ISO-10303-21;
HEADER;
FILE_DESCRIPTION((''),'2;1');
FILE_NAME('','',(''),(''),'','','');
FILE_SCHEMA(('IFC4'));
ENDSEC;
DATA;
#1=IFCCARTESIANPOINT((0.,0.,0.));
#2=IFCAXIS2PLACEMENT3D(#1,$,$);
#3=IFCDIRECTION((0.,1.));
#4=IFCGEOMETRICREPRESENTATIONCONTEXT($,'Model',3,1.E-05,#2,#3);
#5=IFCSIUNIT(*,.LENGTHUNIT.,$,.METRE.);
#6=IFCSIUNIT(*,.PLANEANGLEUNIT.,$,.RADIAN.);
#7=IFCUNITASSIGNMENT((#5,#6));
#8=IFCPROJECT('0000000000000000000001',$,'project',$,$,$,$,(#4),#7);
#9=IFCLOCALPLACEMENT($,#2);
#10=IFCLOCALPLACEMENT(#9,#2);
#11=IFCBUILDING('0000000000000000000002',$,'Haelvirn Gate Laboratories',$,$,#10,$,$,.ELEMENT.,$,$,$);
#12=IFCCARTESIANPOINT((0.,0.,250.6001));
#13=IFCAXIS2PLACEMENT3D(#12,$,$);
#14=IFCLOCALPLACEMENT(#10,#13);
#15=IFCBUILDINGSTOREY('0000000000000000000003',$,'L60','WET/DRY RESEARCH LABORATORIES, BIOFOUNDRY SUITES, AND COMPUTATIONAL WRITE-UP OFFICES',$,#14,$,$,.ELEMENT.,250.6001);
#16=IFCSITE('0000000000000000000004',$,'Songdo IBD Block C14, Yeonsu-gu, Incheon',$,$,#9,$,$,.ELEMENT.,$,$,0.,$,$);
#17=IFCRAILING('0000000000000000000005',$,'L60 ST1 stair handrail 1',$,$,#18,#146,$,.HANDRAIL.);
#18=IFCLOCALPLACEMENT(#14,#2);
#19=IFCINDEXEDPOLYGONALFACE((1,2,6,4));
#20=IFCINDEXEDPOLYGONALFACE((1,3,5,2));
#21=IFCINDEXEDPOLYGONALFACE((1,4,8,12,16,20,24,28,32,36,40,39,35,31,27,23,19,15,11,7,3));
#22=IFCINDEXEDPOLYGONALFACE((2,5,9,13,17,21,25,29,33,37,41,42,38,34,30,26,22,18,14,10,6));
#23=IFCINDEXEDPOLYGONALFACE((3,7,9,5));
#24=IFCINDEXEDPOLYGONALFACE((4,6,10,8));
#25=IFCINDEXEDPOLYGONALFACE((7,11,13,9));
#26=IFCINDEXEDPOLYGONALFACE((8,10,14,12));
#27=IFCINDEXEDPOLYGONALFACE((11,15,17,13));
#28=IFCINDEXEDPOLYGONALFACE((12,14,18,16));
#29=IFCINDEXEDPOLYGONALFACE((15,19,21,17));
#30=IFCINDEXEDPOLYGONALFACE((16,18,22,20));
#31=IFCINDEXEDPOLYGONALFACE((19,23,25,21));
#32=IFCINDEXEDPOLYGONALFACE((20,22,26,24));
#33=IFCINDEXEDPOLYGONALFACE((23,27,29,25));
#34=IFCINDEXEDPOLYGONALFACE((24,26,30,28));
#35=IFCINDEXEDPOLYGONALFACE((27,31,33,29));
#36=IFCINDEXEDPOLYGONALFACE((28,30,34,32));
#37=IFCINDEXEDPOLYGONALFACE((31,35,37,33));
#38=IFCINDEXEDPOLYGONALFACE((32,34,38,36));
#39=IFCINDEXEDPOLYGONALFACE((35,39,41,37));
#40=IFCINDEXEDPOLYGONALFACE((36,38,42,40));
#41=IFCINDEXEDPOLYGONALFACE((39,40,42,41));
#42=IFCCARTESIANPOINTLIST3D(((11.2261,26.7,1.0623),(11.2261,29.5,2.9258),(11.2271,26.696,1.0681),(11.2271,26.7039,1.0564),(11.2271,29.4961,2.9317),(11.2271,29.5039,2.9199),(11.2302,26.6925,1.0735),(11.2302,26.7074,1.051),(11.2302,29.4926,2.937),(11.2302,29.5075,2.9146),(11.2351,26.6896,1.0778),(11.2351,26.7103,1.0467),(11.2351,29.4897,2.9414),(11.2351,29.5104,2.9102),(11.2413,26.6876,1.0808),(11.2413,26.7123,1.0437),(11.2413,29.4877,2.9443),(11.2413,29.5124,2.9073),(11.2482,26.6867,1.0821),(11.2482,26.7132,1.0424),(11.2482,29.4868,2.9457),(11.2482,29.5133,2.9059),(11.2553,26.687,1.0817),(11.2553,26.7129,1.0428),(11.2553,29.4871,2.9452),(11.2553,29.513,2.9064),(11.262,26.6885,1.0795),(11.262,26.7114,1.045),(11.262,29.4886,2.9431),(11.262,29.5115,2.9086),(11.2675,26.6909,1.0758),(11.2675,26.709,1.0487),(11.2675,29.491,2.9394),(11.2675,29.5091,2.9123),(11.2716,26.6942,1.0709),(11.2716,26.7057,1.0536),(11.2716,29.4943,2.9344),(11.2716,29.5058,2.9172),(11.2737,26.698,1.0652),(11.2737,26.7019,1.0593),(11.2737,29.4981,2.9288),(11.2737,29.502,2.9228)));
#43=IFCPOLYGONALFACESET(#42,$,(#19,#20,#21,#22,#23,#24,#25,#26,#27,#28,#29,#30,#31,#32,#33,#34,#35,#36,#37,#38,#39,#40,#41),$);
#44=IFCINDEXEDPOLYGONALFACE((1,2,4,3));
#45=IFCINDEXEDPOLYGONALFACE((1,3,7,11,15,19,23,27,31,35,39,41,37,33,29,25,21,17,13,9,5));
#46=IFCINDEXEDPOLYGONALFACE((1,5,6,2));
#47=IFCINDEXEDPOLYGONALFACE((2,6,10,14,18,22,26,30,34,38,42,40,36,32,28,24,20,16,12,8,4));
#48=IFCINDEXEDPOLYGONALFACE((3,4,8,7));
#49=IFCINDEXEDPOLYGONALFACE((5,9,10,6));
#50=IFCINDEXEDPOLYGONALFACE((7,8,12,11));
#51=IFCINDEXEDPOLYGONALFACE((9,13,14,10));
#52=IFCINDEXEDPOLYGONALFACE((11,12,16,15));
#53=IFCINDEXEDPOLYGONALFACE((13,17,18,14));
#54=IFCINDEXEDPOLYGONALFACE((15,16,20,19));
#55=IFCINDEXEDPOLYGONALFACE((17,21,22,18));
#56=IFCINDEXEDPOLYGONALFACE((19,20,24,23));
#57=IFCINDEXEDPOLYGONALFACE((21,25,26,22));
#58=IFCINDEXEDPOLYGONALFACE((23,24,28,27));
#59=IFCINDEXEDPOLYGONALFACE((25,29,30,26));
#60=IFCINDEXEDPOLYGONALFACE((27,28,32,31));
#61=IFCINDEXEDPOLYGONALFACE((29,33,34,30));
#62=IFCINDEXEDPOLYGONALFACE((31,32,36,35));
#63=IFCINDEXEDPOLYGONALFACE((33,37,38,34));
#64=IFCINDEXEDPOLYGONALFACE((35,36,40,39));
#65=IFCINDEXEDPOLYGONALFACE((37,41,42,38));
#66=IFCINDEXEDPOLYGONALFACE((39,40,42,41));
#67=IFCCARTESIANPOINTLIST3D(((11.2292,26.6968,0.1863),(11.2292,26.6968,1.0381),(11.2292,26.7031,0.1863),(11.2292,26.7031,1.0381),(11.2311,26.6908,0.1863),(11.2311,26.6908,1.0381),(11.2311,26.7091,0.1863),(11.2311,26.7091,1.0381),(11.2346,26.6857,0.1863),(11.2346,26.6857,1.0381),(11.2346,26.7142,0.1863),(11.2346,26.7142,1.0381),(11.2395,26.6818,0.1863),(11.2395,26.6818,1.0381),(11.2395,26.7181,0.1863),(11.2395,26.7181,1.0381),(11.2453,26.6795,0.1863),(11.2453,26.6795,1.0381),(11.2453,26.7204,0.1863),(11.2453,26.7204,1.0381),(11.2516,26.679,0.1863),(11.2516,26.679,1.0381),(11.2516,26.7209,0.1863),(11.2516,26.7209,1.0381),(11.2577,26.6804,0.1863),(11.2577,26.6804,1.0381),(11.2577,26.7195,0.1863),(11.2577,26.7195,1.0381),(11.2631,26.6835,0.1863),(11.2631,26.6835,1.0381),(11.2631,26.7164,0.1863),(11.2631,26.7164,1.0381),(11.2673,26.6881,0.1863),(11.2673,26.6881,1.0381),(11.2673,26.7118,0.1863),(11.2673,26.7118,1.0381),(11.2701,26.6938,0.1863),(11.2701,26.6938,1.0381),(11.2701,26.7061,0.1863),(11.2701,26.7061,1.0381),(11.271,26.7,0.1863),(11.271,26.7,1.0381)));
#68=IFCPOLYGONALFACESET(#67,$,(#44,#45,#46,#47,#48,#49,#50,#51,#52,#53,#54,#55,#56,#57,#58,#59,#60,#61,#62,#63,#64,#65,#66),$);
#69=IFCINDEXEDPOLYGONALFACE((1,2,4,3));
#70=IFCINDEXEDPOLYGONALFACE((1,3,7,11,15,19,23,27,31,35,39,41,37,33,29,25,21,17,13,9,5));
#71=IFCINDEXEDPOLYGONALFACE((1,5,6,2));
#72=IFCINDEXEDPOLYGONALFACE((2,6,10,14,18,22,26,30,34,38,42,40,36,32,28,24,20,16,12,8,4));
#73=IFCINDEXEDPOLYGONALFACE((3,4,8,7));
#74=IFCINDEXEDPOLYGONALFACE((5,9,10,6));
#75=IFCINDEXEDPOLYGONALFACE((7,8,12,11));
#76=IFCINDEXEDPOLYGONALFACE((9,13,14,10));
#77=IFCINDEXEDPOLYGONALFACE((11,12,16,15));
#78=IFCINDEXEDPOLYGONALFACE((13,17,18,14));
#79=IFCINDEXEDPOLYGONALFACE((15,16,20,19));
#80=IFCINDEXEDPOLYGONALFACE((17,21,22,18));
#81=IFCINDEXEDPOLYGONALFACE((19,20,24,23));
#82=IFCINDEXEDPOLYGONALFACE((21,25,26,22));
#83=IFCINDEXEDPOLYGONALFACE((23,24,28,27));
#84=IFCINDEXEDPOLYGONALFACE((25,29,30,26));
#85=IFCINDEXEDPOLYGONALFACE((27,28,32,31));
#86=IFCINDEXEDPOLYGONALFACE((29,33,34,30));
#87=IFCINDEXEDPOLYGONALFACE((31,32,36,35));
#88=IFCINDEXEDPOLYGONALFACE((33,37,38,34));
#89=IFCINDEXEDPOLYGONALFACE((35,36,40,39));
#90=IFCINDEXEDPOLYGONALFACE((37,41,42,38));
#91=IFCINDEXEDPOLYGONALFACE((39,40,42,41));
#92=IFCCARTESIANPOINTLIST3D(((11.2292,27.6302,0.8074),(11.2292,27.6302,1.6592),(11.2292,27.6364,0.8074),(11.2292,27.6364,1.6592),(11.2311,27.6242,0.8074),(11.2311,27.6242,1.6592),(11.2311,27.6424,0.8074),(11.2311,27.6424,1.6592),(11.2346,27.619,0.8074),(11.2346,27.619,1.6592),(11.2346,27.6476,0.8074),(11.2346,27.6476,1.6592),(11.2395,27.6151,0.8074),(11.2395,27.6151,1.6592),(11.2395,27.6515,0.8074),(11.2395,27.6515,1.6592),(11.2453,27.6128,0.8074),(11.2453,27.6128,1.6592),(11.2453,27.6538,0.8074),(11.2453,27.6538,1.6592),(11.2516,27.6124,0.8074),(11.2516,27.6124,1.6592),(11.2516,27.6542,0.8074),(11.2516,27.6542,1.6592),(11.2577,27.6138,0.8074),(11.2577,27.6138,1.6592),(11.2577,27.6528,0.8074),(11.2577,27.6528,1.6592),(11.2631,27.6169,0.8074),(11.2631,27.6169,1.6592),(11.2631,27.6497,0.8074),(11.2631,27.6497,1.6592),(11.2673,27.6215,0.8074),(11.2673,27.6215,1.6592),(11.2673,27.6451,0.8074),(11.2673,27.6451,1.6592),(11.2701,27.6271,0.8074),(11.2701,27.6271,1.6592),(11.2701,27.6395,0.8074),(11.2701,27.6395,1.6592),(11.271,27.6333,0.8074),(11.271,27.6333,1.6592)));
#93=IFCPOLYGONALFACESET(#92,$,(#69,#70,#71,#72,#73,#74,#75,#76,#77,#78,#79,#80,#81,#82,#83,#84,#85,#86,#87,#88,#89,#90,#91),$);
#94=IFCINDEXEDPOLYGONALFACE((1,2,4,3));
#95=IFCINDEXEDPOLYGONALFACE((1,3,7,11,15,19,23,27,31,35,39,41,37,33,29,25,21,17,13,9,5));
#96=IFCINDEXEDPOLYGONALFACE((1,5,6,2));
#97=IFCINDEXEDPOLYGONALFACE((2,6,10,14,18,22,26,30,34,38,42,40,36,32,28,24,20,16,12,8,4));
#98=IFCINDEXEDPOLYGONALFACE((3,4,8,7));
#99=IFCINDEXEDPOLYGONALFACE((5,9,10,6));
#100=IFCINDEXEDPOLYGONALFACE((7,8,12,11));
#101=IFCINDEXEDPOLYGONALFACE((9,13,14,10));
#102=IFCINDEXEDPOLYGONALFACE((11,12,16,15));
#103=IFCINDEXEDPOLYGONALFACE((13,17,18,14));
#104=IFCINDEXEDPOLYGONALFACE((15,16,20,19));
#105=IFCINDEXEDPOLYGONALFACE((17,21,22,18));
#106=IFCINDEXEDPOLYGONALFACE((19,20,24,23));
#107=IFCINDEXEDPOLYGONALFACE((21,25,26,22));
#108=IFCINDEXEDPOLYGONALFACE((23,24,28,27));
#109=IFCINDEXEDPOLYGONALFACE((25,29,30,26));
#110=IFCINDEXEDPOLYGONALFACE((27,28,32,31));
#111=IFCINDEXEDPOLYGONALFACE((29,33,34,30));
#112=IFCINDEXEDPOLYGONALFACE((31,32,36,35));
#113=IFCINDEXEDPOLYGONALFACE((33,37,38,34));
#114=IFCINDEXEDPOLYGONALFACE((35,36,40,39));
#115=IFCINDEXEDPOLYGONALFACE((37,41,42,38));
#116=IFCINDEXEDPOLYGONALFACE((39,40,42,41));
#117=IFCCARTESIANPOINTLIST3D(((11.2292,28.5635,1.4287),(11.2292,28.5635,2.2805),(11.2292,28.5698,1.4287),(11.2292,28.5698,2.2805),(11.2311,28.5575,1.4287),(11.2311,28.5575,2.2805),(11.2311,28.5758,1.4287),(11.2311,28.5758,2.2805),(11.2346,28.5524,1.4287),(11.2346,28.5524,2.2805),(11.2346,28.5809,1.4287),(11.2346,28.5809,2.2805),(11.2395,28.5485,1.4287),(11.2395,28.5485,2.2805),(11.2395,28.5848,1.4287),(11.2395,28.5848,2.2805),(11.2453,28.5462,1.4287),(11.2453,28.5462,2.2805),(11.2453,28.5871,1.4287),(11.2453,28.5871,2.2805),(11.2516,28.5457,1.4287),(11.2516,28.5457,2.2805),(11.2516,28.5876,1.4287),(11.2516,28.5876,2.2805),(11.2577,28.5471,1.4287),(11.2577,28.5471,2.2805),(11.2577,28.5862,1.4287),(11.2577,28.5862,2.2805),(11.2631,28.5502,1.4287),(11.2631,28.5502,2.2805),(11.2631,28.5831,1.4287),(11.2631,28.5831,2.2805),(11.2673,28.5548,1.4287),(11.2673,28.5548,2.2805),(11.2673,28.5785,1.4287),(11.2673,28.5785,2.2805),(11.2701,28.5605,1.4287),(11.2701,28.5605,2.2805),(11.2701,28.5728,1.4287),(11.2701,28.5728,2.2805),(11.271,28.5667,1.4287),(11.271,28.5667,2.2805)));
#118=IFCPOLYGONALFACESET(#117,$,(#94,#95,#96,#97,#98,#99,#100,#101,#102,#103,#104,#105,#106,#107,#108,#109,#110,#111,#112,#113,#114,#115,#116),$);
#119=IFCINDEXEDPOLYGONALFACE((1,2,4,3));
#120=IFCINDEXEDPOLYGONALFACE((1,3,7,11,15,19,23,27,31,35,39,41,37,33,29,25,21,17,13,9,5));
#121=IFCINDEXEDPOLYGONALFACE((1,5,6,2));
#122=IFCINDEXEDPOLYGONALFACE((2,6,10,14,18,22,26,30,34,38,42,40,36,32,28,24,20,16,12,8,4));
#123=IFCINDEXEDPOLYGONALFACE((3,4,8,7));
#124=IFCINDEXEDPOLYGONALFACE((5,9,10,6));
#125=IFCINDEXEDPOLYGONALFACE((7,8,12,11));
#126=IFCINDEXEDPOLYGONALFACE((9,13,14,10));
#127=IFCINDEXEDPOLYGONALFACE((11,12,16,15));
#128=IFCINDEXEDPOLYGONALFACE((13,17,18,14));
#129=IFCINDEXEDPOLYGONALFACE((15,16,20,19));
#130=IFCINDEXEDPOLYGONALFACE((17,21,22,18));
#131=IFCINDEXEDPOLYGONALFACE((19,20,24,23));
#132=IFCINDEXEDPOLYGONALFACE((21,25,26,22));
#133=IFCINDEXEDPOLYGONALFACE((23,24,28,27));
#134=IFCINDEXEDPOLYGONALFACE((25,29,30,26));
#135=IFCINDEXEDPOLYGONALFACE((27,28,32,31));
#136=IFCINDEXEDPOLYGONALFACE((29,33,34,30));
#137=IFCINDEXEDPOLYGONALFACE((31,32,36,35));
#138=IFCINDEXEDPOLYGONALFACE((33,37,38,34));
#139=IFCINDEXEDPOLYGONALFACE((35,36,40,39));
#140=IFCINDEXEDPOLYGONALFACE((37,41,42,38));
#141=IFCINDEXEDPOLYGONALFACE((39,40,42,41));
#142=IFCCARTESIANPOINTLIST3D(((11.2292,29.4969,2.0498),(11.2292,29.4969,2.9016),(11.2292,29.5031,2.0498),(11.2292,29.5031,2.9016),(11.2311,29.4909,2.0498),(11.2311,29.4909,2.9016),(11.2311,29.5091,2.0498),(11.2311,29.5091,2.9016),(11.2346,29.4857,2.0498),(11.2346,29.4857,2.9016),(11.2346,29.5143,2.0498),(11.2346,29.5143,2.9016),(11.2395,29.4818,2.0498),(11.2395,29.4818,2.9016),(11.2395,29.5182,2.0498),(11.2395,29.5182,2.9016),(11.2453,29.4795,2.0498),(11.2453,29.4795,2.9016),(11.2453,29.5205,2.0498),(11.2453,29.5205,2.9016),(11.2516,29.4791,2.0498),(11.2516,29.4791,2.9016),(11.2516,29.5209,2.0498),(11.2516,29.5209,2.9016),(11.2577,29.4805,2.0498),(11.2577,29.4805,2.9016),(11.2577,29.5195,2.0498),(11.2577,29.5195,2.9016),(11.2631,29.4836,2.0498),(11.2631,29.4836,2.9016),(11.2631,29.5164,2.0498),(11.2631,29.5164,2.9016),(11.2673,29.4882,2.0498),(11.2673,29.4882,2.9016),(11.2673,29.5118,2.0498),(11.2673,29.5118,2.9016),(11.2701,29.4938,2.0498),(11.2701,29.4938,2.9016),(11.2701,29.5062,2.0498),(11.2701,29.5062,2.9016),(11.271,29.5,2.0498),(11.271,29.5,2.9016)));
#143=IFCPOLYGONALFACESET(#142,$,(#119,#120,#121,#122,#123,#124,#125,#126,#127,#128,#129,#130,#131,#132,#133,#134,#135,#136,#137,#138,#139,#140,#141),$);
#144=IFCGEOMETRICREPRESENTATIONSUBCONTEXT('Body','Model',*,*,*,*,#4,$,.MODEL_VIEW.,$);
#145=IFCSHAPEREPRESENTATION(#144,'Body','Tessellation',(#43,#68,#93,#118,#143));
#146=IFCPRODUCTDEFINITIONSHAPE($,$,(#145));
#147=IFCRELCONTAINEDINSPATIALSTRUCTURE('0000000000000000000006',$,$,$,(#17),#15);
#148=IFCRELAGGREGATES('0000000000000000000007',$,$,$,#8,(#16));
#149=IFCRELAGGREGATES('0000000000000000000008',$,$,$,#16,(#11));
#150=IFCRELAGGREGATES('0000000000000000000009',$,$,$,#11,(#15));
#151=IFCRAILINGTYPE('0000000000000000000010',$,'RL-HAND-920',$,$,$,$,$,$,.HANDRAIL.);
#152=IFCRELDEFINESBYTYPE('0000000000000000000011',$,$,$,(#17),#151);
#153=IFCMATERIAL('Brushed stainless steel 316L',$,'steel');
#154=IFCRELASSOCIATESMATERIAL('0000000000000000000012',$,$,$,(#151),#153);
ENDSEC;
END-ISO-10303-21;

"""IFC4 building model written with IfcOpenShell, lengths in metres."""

from ifc_helpers import new_model, si_unit, direction, frame, origin, origin_2d, place, context, subcontext, project, spatial, circle, extrude, source, transform, mapped, material, type_object, element, save


model = new_model("IFC4")

# Units and contexts
model_context = context("Model", 3, precision=1e-05, world=origin(), true_north=direction((0.0, 1.0)))
body_context = subcontext(model_context, "Body", "Model", "MODEL_VIEW")
ifc_project = project(units=[si_unit("LENGTHUNIT", "METRE"), si_unit("PLANEANGLEUNIT", "RADIAN")], contexts=[model_context])

# Site, building, storey
site_placement = place(None, origin())
site = spatial("IfcSite", under=ifc_project, at=site_placement, Name="Songdo IBD Block C14, Yeonsu-gu, Incheon", CompositionType="ELEMENT", RefElevation=0.0)
building_placement = place(site_placement, origin())
building = spatial("IfcBuilding", under=site, at=building_placement, Name="Haelvirn Gate Laboratories", CompositionType="ELEMENT")
storey_placement = place(building_placement, frame((0.0, 0.0, 250.6001)))
storey = spatial("IfcBuildingStorey", under=building, at=storey_placement, Name="L60", Description="WET/DRY RESEARCH LABORATORIES, BIOFOUNDRY SUITES, AND COMPUTATIONAL WRITE-UP OFFICES", CompositionType="ELEMENT", Elevation=250.6001)

# Railing
ifc_material_1 = material(Name="Brushed stainless steel 316L", Category="steel")
railing_type_1 = type_object("IfcRailingType", Name="RL-HAND-920", PredefinedType="HANDRAIL", material=ifc_material_1)
shared_shape_1 = source(origin(), body_context, "Body", "SweptSolid", [
    extrude(circle(Radius=0.0239, at=origin_2d()), frame((0.0, 0.0, 0.876), z_axis=(0.0, 0.832486, 0.554047), x_axis=(-1.0, 0.0, 0.0)), (0.0, 0.0, 1.0), 3.3635),
    extrude(circle(Radius=0.021, at=origin_2d()), origin(), (0.0, 0.0, 1.0), 0.8518),
    extrude(circle(Radius=0.021, at=origin_2d()), frame((0.0, 0.9333, 0.6211)), (0.0, 0.0, 1.0), 0.8518),
    extrude(circle(Radius=0.021, at=origin_2d()), frame((0.0, 1.8667, 1.2424)), (0.0, 0.0, 1.0), 0.8518),
    extrude(circle(Radius=0.021, at=origin_2d()), frame((0.0, 2.8, 1.8635)), (0.0, 0.0, 1.0), 0.8518),
])
railing_1_placement = place(storey_placement, frame((11.25, 26.7, 0.1863)))
element("IfcRailing", 1, at=railing_1_placement, inside=storey, type_object=railing_type_1, Name="L60 ST1 stair handrail 1", PredefinedType="HANDRAIL", context=body_context, shape_type="MappedRepresentation", body=[
    mapped(shared_shape_1, transform((0.0, 0.0, 0.0), scale=1.0)),
])

save(model, "model.ifc")
